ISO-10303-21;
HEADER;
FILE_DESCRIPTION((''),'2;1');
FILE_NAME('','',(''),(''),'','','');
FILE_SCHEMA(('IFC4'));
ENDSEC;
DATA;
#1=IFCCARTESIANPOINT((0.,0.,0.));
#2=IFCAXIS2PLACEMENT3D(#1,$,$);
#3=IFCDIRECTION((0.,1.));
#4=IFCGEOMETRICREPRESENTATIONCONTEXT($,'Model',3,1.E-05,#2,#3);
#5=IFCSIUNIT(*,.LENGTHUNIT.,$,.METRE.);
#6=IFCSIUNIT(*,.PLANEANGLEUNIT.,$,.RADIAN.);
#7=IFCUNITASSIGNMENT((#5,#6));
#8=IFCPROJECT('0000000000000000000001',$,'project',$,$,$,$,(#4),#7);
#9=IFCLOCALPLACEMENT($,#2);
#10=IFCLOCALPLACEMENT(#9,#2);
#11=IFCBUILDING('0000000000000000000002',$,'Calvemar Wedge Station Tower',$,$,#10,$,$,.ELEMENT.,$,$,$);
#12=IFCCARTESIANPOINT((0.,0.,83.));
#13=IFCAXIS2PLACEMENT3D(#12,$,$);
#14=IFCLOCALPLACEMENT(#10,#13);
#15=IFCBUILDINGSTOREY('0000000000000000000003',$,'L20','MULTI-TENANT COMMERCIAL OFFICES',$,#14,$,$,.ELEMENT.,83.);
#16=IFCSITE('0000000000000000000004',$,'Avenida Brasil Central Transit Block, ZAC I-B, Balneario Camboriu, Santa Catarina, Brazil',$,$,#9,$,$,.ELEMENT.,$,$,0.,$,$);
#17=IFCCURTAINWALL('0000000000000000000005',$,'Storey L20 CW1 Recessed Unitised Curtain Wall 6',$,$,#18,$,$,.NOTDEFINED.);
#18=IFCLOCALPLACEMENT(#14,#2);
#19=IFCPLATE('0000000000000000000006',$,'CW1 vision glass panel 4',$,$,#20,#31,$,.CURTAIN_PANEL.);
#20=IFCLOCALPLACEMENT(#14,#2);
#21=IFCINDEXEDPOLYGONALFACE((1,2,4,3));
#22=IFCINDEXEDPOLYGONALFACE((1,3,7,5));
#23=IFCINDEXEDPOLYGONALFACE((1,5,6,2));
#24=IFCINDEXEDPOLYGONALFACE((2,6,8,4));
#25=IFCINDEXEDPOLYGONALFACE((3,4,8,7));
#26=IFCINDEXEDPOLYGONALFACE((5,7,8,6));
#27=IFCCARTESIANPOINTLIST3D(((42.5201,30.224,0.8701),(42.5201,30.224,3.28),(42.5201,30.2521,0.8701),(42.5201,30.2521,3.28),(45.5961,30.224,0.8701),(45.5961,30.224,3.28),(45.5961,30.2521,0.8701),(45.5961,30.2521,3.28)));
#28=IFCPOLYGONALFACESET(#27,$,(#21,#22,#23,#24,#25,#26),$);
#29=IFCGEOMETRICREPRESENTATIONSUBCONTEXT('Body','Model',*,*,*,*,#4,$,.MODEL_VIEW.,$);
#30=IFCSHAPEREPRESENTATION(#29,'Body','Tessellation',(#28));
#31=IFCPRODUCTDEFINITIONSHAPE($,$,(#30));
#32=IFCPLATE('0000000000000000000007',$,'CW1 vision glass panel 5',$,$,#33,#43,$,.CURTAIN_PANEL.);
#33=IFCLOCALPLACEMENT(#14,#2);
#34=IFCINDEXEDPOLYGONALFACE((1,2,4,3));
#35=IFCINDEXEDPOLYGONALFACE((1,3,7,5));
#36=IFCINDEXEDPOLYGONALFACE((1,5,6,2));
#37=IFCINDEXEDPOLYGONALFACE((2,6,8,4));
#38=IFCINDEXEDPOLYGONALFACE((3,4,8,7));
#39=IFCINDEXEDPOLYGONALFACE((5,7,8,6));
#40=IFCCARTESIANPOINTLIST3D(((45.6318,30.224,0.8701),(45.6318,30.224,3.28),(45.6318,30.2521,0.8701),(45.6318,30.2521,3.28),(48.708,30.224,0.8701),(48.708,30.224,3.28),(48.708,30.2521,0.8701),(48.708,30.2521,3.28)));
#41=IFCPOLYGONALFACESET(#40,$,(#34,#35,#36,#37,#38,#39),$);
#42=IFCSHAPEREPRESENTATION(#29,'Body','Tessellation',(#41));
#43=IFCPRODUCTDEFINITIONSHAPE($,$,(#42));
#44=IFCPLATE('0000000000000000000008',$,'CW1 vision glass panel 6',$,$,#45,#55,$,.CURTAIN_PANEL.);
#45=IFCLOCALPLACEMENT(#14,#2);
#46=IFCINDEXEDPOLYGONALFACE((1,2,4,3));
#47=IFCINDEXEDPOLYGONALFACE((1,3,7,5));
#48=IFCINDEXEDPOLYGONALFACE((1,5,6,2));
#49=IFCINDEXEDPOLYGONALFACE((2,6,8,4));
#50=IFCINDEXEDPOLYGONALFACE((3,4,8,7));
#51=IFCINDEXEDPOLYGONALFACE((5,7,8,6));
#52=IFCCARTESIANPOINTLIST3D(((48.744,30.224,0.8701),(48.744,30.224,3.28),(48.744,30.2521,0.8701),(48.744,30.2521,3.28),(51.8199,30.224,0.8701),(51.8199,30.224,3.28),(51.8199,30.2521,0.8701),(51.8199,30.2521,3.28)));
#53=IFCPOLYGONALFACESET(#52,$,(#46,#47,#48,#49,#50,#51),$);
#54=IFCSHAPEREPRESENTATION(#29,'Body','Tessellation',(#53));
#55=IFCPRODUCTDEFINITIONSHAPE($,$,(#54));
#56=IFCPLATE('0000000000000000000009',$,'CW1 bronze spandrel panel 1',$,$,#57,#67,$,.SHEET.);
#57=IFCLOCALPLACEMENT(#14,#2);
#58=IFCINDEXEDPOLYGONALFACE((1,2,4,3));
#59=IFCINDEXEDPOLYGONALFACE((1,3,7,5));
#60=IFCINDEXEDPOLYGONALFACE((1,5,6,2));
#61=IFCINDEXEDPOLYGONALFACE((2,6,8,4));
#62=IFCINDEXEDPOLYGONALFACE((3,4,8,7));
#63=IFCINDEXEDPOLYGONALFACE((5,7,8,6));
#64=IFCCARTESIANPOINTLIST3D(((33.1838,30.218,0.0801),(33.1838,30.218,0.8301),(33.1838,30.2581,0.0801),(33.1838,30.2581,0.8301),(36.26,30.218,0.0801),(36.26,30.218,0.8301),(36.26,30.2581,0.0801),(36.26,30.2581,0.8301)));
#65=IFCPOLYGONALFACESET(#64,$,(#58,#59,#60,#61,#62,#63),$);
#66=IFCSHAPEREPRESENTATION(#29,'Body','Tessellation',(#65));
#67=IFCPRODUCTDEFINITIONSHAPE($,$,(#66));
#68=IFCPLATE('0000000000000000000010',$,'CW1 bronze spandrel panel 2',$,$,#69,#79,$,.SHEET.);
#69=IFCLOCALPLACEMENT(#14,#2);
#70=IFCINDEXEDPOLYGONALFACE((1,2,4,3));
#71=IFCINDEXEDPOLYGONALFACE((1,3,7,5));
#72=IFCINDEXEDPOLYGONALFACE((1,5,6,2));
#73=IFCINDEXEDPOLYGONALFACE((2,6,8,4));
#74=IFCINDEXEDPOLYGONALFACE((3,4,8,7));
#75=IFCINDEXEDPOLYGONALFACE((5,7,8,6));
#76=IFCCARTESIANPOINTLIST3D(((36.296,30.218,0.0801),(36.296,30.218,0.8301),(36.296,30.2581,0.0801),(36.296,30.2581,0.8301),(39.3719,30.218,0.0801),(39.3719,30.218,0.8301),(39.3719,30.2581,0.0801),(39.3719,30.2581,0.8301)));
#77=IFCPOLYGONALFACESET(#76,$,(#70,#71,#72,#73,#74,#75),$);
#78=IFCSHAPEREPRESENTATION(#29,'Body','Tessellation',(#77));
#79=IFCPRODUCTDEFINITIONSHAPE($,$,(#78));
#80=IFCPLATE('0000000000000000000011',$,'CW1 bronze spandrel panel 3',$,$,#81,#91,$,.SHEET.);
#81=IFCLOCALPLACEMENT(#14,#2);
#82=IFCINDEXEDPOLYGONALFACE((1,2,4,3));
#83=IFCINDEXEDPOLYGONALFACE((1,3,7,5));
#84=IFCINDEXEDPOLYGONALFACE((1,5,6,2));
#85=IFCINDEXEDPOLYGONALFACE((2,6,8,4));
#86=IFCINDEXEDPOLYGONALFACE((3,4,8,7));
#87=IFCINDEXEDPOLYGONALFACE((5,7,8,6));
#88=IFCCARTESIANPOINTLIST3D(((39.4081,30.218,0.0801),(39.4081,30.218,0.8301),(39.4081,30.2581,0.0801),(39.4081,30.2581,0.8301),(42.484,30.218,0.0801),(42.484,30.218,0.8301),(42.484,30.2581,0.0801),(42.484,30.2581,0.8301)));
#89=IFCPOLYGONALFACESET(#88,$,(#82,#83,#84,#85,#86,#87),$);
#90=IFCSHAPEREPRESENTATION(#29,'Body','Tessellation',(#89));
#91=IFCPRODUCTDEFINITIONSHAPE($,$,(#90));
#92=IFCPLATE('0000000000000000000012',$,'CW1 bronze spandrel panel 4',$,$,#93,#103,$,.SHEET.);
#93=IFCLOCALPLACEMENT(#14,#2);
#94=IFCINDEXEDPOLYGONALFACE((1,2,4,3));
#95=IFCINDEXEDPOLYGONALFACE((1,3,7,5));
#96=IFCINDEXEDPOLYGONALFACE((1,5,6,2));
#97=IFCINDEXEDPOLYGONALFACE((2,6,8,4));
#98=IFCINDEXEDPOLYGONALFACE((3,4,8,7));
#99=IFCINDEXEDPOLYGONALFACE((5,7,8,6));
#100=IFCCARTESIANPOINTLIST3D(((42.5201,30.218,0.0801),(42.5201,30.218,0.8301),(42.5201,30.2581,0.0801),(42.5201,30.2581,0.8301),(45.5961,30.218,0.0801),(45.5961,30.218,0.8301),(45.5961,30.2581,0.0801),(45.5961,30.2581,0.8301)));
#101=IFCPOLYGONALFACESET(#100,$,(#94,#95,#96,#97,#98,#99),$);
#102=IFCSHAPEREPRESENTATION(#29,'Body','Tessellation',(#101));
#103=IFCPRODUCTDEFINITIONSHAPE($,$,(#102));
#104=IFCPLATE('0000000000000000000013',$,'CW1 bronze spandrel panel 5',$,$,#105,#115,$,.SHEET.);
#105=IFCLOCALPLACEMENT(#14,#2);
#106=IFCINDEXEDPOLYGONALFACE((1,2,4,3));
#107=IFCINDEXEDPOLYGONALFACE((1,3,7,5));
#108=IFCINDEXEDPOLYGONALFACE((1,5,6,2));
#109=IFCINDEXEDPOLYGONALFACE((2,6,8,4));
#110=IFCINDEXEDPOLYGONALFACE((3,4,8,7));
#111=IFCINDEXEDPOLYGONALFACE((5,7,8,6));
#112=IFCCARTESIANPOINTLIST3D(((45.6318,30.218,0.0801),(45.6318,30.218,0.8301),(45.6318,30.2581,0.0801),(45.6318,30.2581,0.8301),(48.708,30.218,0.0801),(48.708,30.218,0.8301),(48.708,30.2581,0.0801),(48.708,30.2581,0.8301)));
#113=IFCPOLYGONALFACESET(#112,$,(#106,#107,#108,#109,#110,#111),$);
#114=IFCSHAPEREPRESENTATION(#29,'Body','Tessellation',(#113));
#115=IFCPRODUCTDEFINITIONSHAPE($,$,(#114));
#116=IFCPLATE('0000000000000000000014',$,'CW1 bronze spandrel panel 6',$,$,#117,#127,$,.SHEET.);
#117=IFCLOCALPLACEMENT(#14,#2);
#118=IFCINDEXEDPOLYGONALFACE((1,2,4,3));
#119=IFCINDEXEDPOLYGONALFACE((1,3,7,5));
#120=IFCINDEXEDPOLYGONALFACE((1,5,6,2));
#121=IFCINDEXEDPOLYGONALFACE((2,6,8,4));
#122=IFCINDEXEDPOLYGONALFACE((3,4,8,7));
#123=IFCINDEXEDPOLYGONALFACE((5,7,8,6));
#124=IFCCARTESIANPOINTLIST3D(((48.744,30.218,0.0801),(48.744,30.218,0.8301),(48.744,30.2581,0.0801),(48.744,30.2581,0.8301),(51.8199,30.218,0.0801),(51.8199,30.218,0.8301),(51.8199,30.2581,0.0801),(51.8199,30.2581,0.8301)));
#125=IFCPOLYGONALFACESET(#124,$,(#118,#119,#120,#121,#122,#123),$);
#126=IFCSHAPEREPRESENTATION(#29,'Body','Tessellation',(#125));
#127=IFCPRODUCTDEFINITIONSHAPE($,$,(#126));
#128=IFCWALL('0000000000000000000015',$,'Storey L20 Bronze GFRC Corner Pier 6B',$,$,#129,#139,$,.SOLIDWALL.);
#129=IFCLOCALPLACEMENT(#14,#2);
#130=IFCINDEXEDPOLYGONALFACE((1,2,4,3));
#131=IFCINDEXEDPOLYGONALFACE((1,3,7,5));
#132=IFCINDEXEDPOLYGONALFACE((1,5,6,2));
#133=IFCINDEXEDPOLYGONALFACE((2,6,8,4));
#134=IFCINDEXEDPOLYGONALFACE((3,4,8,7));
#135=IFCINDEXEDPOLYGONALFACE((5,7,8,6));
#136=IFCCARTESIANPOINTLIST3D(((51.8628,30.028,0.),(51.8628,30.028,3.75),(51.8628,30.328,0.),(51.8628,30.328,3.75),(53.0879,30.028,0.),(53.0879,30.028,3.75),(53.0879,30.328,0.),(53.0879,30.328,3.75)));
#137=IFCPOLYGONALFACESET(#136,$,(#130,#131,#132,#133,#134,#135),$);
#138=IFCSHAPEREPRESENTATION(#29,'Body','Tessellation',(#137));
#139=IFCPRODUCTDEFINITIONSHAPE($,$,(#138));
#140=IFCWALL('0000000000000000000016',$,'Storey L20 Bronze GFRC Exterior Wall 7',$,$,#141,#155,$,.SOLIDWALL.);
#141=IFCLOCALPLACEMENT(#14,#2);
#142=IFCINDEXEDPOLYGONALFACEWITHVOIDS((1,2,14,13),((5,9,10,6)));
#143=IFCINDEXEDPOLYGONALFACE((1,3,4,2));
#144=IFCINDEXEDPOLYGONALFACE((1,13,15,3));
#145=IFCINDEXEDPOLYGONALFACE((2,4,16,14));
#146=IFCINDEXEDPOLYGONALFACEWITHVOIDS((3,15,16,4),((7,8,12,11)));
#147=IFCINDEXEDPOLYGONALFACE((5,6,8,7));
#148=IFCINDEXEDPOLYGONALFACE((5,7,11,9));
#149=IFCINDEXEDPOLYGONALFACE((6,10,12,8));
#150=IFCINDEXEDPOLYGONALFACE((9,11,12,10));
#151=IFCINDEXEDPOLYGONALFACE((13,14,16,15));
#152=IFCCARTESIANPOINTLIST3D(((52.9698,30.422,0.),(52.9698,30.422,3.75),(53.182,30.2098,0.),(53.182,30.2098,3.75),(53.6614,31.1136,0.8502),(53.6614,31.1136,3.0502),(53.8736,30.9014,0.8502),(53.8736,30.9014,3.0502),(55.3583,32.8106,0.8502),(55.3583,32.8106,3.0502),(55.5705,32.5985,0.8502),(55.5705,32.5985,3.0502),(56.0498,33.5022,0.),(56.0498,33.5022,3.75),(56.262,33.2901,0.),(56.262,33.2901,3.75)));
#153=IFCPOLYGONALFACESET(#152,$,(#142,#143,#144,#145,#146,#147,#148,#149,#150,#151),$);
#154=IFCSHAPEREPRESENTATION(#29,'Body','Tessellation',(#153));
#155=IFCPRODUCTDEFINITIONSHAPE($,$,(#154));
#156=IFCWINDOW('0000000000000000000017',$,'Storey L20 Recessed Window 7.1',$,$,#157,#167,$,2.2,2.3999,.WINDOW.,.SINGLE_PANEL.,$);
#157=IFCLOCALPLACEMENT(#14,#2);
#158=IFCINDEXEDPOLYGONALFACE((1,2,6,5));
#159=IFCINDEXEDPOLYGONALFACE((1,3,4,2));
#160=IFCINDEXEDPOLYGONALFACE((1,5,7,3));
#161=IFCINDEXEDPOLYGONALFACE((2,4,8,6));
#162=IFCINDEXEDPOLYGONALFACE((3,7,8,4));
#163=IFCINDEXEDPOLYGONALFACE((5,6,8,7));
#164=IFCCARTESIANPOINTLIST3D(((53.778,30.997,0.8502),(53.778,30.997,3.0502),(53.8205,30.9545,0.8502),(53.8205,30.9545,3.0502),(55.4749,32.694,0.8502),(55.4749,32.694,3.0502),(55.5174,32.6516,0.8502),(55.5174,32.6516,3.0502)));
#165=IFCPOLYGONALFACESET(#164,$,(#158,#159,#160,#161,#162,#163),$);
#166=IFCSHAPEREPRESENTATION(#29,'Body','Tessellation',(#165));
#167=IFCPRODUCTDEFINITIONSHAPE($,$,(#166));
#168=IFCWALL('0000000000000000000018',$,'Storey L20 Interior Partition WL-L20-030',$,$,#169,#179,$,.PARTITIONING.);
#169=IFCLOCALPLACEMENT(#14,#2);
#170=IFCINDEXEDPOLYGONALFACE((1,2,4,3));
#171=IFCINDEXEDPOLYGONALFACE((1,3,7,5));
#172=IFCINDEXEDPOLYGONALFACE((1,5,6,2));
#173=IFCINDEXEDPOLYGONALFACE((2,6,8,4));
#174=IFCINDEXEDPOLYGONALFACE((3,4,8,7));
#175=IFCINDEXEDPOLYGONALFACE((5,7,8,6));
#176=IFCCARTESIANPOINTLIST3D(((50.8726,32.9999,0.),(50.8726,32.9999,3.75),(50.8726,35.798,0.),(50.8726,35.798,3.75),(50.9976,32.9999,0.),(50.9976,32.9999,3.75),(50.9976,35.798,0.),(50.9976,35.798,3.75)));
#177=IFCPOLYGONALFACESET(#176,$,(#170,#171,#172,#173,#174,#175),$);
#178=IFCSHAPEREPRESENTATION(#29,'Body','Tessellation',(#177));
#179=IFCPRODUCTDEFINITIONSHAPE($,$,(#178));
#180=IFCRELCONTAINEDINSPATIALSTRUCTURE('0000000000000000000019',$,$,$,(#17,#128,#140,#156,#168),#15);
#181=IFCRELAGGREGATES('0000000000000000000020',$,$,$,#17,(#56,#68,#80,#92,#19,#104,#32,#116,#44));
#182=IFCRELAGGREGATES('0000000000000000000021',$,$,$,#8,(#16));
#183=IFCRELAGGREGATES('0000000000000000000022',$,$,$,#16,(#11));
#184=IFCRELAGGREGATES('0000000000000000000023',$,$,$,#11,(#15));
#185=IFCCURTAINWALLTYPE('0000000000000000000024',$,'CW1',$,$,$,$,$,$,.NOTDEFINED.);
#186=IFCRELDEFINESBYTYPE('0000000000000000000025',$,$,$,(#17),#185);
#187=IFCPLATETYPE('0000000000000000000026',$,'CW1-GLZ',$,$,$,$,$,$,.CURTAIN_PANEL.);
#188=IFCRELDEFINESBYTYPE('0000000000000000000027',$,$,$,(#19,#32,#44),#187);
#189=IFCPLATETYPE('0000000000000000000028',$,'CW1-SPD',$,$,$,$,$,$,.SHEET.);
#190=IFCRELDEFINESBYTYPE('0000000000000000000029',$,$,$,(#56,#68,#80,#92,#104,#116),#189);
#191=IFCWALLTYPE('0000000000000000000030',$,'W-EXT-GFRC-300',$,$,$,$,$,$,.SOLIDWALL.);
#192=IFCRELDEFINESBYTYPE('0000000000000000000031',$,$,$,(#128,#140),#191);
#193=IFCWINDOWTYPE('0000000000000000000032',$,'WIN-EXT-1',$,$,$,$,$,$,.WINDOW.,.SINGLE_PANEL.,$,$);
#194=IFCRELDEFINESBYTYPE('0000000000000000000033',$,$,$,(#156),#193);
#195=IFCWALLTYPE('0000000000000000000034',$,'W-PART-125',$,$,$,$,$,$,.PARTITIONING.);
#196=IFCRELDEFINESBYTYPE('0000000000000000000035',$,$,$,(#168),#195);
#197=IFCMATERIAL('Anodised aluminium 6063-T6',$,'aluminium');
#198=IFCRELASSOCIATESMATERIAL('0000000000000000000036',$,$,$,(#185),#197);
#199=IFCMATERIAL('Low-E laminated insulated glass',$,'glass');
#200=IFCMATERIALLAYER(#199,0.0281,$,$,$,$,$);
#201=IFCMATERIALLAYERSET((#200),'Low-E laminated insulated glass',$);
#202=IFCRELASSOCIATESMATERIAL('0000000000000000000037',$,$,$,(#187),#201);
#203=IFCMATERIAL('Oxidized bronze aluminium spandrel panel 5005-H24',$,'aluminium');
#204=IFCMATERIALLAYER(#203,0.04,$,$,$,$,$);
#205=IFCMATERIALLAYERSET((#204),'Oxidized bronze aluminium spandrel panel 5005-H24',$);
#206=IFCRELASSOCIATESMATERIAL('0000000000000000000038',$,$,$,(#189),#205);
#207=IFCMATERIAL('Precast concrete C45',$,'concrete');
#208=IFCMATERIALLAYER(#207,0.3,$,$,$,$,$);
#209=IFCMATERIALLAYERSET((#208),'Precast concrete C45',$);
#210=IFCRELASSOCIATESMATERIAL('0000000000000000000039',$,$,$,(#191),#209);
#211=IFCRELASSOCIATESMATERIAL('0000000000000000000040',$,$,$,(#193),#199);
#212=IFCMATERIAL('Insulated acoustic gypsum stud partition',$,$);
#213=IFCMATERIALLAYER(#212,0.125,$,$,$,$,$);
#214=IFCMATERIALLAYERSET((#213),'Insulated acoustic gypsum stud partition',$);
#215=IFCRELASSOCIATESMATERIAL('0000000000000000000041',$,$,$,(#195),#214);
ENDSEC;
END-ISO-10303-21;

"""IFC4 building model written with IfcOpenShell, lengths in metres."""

from ifc_helpers import new_model, si_unit, direction, frame, frame_2d, origin, place, context, subcontext, project, spatial, rectangle, extrude, source, transform, mapped, material, layer, layer_set, type_object, element, fill, aggregate, save


model = new_model("IFC4")

# Units and contexts
model_context = context("Model", 3, precision=1e-05, world=origin(), true_north=direction((0.0, 1.0)))
body_context = subcontext(model_context, "Body", "Model", "MODEL_VIEW")
ifc_project = project(units=[si_unit("LENGTHUNIT", "METRE"), si_unit("PLANEANGLEUNIT", "RADIAN")], contexts=[model_context])

# Site, building, storey
site_placement = place(None, origin())
site = spatial("IfcSite", under=ifc_project, at=site_placement, Name="Avenida Brasil Central Transit Block, ZAC I-B, Balneario Camboriu, Santa Catarina, Brazil", CompositionType="ELEMENT", RefElevation=0.0)
building_placement = place(site_placement, origin())
building = spatial("IfcBuilding", under=site, at=building_placement, Name="Calvemar Wedge Station Tower", CompositionType="ELEMENT")
storey_placement = place(building_placement, frame((0.0, 0.0, 83.0)))
storey = spatial("IfcBuildingStorey", under=building, at=storey_placement, Name="L20", Description="MULTI-TENANT COMMERCIAL OFFICES", CompositionType="ELEMENT", Elevation=83.0)

# Curtain wall, plates
ifc_material_1 = material(Name="Anodised aluminium 6063-T6", Category="aluminium")
curtain_wall_type = type_object("IfcCurtainWallType", Name="CW1", PredefinedType="NOTDEFINED", material=ifc_material_1)
curtain_wall_placement = place(storey_placement, origin())
curtain_wall = element("IfcCurtainWall", 1, at=curtain_wall_placement, inside=storey, type_object=curtain_wall_type, Name="Storey L20 CW1 Recessed Unitised Curtain Wall 6", PredefinedType="NOTDEFINED")
ifc_material_2 = material(Name="Low-E laminated insulated glass", Category="glass")
ifc_layer_1 = layer(ifc_material_2, 0.0281)
ifc_layer_set_1 = layer_set([ifc_layer_1], Name="Low-E laminated insulated glass")
plate_type_1 = type_object("IfcPlateType", Name="CW1-GLZ", PredefinedType="CURTAIN_PANEL", material=ifc_layer_set_1)
plate_1_placement = place(storey_placement, frame((42.52, 30.238, 0.8701), z_axis=(0.0, 0.0, 1.0), x_axis=(1.0, 0.0, 0.0)))
plate_1 = element("IfcPlate", 2, at=plate_1_placement, type_object=plate_type_1, Name="CW1 vision glass panel 4", PredefinedType="CURTAIN_PANEL", context=body_context, shape_type="SweptSolid", body=[
    extrude(rectangle(XDim=3.0759, YDim=0.0281, at=frame_2d((1.5381, 0.0))), origin(), (0.0, 0.0, 1.0), 2.4099),
])
plate_2_placement = place(storey_placement, frame((45.6318, 30.238, 0.8701), z_axis=(0.0, 0.0, 1.0), x_axis=(1.0, 0.0, 0.0)))
plate_2 = element("IfcPlate", 3, at=plate_2_placement, type_object=plate_type_1, Name="CW1 vision glass panel 5", PredefinedType="CURTAIN_PANEL", context=body_context, shape_type="SweptSolid", body=[
    extrude(rectangle(XDim=3.0762, YDim=0.0281, at=frame_2d((1.5381, 0.0))), origin(), (0.0, 0.0, 1.0), 2.4099),
])
plate_3_placement = place(storey_placement, frame((48.7439, 30.238, 0.8701), z_axis=(0.0, 0.0, 1.0), x_axis=(1.0, 0.0, 0.0)))
plate_3 = element("IfcPlate", 4, at=plate_3_placement, type_object=plate_type_1, Name="CW1 vision glass panel 6", PredefinedType="CURTAIN_PANEL", context=body_context, shape_type="SweptSolid", body=[
    extrude(rectangle(XDim=3.0759, YDim=0.0281, at=frame_2d((1.5381, 0.0))), origin(), (0.0, 0.0, 1.0), 2.4099),
])
ifc_material_3 = material(Name="Oxidized bronze aluminium spandrel panel 5005-H24", Category="aluminium")
ifc_layer_2 = layer(ifc_material_3, 0.04)
ifc_layer_set_2 = layer_set([ifc_layer_2], Name="Oxidized bronze aluminium spandrel panel 5005-H24")
plate_type_2 = type_object("IfcPlateType", Name="CW1-SPD", PredefinedType="SHEET", material=ifc_layer_set_2)
plate_4_placement = place(storey_placement, frame((33.1838, 30.238, 0.0801), z_axis=(0.0, 0.0, 1.0), x_axis=(1.0, 0.0, 0.0)))
plate_4 = element("IfcPlate", 5, at=plate_4_placement, type_object=plate_type_2, Name="CW1 bronze spandrel panel 1", PredefinedType="SHEET", context=body_context, shape_type="SweptSolid", body=[
    extrude(rectangle(XDim=3.0762, YDim=0.04, at=frame_2d((1.5381, 0.0))), origin(), (0.0, 0.0, 1.0), 0.75),
])
plate_5_placement = place(storey_placement, frame((36.2959, 30.238, 0.0801), z_axis=(0.0, 0.0, 1.0), x_axis=(1.0, 0.0, 0.0)))
plate_5 = element("IfcPlate", 6, at=plate_5_placement, type_object=plate_type_2, Name="CW1 bronze spandrel panel 2", PredefinedType="SHEET", context=body_context, shape_type="SweptSolid", body=[
    extrude(rectangle(XDim=3.0759, YDim=0.04, at=frame_2d((1.5381, 0.0))), origin(), (0.0, 0.0, 1.0), 0.75),
])
plate_6_placement = place(storey_placement, frame((39.408, 30.238, 0.0801), z_axis=(0.0, 0.0, 1.0), x_axis=(1.0, 0.0, 0.0)))
plate_6 = element("IfcPlate", 7, at=plate_6_placement, type_object=plate_type_2, Name="CW1 bronze spandrel panel 3", PredefinedType="SHEET", context=body_context, shape_type="SweptSolid", body=[
    extrude(rectangle(XDim=3.0759, YDim=0.04, at=frame_2d((1.5381, 0.0))), origin(), (0.0, 0.0, 1.0), 0.75),
])
plate_7_placement = place(storey_placement, frame((42.52, 30.238, 0.0801), z_axis=(0.0, 0.0, 1.0), x_axis=(1.0, 0.0, 0.0)))
plate_7 = element("IfcPlate", 8, at=plate_7_placement, type_object=plate_type_2, Name="CW1 bronze spandrel panel 4", PredefinedType="SHEET", context=body_context, shape_type="SweptSolid", body=[
    extrude(rectangle(XDim=3.0759, YDim=0.04, at=frame_2d((1.5381, 0.0))), origin(), (0.0, 0.0, 1.0), 0.75),
])
plate_8_placement = place(storey_placement, frame((45.6318, 30.238, 0.0801), z_axis=(0.0, 0.0, 1.0), x_axis=(1.0, 0.0, 0.0)))
plate_8 = element("IfcPlate", 9, at=plate_8_placement, type_object=plate_type_2, Name="CW1 bronze spandrel panel 5", PredefinedType="SHEET", context=body_context, shape_type="SweptSolid", body=[
    extrude(rectangle(XDim=3.0762, YDim=0.04, at=frame_2d((1.5381, 0.0))), origin(), (0.0, 0.0, 1.0), 0.75),
])
plate_9_placement = place(storey_placement, frame((48.7439, 30.238, 0.0801), z_axis=(0.0, 0.0, 1.0), x_axis=(1.0, 0.0, 0.0)))
plate_9 = element("IfcPlate", 10, at=plate_9_placement, type_object=plate_type_2, Name="CW1 bronze spandrel panel 6", PredefinedType="SHEET", context=body_context, shape_type="SweptSolid", body=[
    extrude(rectangle(XDim=3.0759, YDim=0.04, at=frame_2d((1.5381, 0.0))), origin(), (0.0, 0.0, 1.0), 0.75),
])
aggregate(curtain_wall, [plate_4, plate_5, plate_6, plate_7, plate_1, plate_8, plate_2, plate_9, plate_3])

# Wall
ifc_material_4 = material(Name="Precast concrete C45", Category="concrete")
ifc_layer_3 = layer(ifc_material_4, 0.3)
ifc_layer_set_3 = layer_set([ifc_layer_3], Name="Precast concrete C45")
wall_type_1 = type_object("IfcWallType", Name="W-EXT-GFRC-300", PredefinedType="SOLIDWALL", material=ifc_layer_set_3)
wall_1_placement = place(storey_placement, frame((51.8628, 30.178, 0.0), z_axis=(0.0, 0.0, 1.0), x_axis=(1.0, 0.0, 0.0)))
element("IfcWall", 11, at=wall_1_placement, inside=storey, type_object=wall_type_1, Name="Storey L20 Bronze GFRC Corner Pier 6B", PredefinedType="SOLIDWALL", context=body_context, shape_type="SweptSolid", body=[
    extrude(rectangle(XDim=1.2251, YDim=0.3, at=frame_2d((0.6125, 0.0))), origin(), (0.0, 0.0, 1.0), 3.75),
])

# Wall, opening, window
wall_2_placement = place(storey_placement, frame((53.0759, 30.3159, 0.0), z_axis=(0.0, 0.0, 1.0), x_axis=(0.707079, 0.707135, 0.0)))
wall_2 = element("IfcWall", 12, at=wall_2_placement, inside=storey, type_object=wall_type_1, Name="Storey L20 Bronze GFRC Exterior Wall 7", PredefinedType="SOLIDWALL", context=body_context, shape_type="SweptSolid", body=[
    extrude(rectangle(XDim=4.356, YDim=0.3, at=frame_2d((2.178, 0.0))), origin(), (0.0, 0.0, 1.0), 3.75),
])
shared_shape_1 = source(origin(), body_context, "Body", "SweptSolid", [
    extrude(rectangle(XDim=2.3999, YDim=2.2, at=frame_2d((1.2, 1.1001))), frame((0.0, 0.1602, 0.0), z_axis=(0.0, -1.0, 0.0), x_axis=(1.0, 0.0, 0.0)), (0.0, 0.0, 1.0), 0.3201),
])
opening_1_placement = place(wall_2_placement, frame((0.978, 0.0, 0.8501)))
opening_1 = element("IfcOpeningElement", 13, at=opening_1_placement, cuts=wall_2, PredefinedType="OPENING", context=body_context, shape_type="MappedRepresentation", body=[
    mapped(shared_shape_1, transform((0.0, 0.0, 0.0), scale=1.0)),
])
window_type_1 = type_object("IfcWindowType", Name="WIN-EXT-1", PartitioningType="SINGLE_PANEL", PredefinedType="WINDOW", material=ifc_material_2)
shared_shape_2 = source(origin(), body_context, "Body", "SweptSolid", [
    extrude(rectangle(XDim=2.3999, YDim=2.2, at=frame_2d((1.2, 1.1001))), frame((0.0, -0.0149, 0.0), z_axis=(0.0, -1.0, 0.0), x_axis=(1.0, 0.0, 0.0)), (0.0, 0.0, 1.0), 0.0601),
])
window_1_placement = place(opening_1_placement, origin())
window_1 = element("IfcWindow", 14, at=window_1_placement, inside=storey, type_object=window_type_1, Name="Storey L20 Recessed Window 7.1", OverallHeight=2.2, OverallWidth=2.3999, PartitioningType="SINGLE_PANEL", PredefinedType="WINDOW", context=body_context, shape_type="MappedRepresentation", body=[
    mapped(shared_shape_2, transform((0.0, 0.0, 0.0), scale=1.0)),
])
fill(opening_1, window_1)

# Wall
ifc_material_5 = material(Name="Insulated acoustic gypsum stud partition")
ifc_layer_4 = layer(ifc_material_5, 0.125)
ifc_layer_set_4 = layer_set([ifc_layer_4], Name="Insulated acoustic gypsum stud partition")
wall_type_2 = type_object("IfcWallType", Name="W-PART-125", PredefinedType="PARTITIONING", material=ifc_layer_set_4)
wall_3_placement = place(storey_placement, frame((50.9351, 33.0, 0.0), z_axis=(0.0, 0.0, 1.0), x_axis=(0.0, 1.0, 0.0)))
element("IfcWall", 15, at=wall_3_placement, inside=storey, type_object=wall_type_2, Name="Storey L20 Interior Partition WL-L20-030", PredefinedType="PARTITIONING", context=body_context, shape_type="SweptSolid", body=[
    extrude(rectangle(XDim=2.7981, YDim=0.125, at=frame_2d((1.3989, 0.0))), origin(), (0.0, 0.0, 1.0), 3.75),
])

save(model, "model.ifc")
